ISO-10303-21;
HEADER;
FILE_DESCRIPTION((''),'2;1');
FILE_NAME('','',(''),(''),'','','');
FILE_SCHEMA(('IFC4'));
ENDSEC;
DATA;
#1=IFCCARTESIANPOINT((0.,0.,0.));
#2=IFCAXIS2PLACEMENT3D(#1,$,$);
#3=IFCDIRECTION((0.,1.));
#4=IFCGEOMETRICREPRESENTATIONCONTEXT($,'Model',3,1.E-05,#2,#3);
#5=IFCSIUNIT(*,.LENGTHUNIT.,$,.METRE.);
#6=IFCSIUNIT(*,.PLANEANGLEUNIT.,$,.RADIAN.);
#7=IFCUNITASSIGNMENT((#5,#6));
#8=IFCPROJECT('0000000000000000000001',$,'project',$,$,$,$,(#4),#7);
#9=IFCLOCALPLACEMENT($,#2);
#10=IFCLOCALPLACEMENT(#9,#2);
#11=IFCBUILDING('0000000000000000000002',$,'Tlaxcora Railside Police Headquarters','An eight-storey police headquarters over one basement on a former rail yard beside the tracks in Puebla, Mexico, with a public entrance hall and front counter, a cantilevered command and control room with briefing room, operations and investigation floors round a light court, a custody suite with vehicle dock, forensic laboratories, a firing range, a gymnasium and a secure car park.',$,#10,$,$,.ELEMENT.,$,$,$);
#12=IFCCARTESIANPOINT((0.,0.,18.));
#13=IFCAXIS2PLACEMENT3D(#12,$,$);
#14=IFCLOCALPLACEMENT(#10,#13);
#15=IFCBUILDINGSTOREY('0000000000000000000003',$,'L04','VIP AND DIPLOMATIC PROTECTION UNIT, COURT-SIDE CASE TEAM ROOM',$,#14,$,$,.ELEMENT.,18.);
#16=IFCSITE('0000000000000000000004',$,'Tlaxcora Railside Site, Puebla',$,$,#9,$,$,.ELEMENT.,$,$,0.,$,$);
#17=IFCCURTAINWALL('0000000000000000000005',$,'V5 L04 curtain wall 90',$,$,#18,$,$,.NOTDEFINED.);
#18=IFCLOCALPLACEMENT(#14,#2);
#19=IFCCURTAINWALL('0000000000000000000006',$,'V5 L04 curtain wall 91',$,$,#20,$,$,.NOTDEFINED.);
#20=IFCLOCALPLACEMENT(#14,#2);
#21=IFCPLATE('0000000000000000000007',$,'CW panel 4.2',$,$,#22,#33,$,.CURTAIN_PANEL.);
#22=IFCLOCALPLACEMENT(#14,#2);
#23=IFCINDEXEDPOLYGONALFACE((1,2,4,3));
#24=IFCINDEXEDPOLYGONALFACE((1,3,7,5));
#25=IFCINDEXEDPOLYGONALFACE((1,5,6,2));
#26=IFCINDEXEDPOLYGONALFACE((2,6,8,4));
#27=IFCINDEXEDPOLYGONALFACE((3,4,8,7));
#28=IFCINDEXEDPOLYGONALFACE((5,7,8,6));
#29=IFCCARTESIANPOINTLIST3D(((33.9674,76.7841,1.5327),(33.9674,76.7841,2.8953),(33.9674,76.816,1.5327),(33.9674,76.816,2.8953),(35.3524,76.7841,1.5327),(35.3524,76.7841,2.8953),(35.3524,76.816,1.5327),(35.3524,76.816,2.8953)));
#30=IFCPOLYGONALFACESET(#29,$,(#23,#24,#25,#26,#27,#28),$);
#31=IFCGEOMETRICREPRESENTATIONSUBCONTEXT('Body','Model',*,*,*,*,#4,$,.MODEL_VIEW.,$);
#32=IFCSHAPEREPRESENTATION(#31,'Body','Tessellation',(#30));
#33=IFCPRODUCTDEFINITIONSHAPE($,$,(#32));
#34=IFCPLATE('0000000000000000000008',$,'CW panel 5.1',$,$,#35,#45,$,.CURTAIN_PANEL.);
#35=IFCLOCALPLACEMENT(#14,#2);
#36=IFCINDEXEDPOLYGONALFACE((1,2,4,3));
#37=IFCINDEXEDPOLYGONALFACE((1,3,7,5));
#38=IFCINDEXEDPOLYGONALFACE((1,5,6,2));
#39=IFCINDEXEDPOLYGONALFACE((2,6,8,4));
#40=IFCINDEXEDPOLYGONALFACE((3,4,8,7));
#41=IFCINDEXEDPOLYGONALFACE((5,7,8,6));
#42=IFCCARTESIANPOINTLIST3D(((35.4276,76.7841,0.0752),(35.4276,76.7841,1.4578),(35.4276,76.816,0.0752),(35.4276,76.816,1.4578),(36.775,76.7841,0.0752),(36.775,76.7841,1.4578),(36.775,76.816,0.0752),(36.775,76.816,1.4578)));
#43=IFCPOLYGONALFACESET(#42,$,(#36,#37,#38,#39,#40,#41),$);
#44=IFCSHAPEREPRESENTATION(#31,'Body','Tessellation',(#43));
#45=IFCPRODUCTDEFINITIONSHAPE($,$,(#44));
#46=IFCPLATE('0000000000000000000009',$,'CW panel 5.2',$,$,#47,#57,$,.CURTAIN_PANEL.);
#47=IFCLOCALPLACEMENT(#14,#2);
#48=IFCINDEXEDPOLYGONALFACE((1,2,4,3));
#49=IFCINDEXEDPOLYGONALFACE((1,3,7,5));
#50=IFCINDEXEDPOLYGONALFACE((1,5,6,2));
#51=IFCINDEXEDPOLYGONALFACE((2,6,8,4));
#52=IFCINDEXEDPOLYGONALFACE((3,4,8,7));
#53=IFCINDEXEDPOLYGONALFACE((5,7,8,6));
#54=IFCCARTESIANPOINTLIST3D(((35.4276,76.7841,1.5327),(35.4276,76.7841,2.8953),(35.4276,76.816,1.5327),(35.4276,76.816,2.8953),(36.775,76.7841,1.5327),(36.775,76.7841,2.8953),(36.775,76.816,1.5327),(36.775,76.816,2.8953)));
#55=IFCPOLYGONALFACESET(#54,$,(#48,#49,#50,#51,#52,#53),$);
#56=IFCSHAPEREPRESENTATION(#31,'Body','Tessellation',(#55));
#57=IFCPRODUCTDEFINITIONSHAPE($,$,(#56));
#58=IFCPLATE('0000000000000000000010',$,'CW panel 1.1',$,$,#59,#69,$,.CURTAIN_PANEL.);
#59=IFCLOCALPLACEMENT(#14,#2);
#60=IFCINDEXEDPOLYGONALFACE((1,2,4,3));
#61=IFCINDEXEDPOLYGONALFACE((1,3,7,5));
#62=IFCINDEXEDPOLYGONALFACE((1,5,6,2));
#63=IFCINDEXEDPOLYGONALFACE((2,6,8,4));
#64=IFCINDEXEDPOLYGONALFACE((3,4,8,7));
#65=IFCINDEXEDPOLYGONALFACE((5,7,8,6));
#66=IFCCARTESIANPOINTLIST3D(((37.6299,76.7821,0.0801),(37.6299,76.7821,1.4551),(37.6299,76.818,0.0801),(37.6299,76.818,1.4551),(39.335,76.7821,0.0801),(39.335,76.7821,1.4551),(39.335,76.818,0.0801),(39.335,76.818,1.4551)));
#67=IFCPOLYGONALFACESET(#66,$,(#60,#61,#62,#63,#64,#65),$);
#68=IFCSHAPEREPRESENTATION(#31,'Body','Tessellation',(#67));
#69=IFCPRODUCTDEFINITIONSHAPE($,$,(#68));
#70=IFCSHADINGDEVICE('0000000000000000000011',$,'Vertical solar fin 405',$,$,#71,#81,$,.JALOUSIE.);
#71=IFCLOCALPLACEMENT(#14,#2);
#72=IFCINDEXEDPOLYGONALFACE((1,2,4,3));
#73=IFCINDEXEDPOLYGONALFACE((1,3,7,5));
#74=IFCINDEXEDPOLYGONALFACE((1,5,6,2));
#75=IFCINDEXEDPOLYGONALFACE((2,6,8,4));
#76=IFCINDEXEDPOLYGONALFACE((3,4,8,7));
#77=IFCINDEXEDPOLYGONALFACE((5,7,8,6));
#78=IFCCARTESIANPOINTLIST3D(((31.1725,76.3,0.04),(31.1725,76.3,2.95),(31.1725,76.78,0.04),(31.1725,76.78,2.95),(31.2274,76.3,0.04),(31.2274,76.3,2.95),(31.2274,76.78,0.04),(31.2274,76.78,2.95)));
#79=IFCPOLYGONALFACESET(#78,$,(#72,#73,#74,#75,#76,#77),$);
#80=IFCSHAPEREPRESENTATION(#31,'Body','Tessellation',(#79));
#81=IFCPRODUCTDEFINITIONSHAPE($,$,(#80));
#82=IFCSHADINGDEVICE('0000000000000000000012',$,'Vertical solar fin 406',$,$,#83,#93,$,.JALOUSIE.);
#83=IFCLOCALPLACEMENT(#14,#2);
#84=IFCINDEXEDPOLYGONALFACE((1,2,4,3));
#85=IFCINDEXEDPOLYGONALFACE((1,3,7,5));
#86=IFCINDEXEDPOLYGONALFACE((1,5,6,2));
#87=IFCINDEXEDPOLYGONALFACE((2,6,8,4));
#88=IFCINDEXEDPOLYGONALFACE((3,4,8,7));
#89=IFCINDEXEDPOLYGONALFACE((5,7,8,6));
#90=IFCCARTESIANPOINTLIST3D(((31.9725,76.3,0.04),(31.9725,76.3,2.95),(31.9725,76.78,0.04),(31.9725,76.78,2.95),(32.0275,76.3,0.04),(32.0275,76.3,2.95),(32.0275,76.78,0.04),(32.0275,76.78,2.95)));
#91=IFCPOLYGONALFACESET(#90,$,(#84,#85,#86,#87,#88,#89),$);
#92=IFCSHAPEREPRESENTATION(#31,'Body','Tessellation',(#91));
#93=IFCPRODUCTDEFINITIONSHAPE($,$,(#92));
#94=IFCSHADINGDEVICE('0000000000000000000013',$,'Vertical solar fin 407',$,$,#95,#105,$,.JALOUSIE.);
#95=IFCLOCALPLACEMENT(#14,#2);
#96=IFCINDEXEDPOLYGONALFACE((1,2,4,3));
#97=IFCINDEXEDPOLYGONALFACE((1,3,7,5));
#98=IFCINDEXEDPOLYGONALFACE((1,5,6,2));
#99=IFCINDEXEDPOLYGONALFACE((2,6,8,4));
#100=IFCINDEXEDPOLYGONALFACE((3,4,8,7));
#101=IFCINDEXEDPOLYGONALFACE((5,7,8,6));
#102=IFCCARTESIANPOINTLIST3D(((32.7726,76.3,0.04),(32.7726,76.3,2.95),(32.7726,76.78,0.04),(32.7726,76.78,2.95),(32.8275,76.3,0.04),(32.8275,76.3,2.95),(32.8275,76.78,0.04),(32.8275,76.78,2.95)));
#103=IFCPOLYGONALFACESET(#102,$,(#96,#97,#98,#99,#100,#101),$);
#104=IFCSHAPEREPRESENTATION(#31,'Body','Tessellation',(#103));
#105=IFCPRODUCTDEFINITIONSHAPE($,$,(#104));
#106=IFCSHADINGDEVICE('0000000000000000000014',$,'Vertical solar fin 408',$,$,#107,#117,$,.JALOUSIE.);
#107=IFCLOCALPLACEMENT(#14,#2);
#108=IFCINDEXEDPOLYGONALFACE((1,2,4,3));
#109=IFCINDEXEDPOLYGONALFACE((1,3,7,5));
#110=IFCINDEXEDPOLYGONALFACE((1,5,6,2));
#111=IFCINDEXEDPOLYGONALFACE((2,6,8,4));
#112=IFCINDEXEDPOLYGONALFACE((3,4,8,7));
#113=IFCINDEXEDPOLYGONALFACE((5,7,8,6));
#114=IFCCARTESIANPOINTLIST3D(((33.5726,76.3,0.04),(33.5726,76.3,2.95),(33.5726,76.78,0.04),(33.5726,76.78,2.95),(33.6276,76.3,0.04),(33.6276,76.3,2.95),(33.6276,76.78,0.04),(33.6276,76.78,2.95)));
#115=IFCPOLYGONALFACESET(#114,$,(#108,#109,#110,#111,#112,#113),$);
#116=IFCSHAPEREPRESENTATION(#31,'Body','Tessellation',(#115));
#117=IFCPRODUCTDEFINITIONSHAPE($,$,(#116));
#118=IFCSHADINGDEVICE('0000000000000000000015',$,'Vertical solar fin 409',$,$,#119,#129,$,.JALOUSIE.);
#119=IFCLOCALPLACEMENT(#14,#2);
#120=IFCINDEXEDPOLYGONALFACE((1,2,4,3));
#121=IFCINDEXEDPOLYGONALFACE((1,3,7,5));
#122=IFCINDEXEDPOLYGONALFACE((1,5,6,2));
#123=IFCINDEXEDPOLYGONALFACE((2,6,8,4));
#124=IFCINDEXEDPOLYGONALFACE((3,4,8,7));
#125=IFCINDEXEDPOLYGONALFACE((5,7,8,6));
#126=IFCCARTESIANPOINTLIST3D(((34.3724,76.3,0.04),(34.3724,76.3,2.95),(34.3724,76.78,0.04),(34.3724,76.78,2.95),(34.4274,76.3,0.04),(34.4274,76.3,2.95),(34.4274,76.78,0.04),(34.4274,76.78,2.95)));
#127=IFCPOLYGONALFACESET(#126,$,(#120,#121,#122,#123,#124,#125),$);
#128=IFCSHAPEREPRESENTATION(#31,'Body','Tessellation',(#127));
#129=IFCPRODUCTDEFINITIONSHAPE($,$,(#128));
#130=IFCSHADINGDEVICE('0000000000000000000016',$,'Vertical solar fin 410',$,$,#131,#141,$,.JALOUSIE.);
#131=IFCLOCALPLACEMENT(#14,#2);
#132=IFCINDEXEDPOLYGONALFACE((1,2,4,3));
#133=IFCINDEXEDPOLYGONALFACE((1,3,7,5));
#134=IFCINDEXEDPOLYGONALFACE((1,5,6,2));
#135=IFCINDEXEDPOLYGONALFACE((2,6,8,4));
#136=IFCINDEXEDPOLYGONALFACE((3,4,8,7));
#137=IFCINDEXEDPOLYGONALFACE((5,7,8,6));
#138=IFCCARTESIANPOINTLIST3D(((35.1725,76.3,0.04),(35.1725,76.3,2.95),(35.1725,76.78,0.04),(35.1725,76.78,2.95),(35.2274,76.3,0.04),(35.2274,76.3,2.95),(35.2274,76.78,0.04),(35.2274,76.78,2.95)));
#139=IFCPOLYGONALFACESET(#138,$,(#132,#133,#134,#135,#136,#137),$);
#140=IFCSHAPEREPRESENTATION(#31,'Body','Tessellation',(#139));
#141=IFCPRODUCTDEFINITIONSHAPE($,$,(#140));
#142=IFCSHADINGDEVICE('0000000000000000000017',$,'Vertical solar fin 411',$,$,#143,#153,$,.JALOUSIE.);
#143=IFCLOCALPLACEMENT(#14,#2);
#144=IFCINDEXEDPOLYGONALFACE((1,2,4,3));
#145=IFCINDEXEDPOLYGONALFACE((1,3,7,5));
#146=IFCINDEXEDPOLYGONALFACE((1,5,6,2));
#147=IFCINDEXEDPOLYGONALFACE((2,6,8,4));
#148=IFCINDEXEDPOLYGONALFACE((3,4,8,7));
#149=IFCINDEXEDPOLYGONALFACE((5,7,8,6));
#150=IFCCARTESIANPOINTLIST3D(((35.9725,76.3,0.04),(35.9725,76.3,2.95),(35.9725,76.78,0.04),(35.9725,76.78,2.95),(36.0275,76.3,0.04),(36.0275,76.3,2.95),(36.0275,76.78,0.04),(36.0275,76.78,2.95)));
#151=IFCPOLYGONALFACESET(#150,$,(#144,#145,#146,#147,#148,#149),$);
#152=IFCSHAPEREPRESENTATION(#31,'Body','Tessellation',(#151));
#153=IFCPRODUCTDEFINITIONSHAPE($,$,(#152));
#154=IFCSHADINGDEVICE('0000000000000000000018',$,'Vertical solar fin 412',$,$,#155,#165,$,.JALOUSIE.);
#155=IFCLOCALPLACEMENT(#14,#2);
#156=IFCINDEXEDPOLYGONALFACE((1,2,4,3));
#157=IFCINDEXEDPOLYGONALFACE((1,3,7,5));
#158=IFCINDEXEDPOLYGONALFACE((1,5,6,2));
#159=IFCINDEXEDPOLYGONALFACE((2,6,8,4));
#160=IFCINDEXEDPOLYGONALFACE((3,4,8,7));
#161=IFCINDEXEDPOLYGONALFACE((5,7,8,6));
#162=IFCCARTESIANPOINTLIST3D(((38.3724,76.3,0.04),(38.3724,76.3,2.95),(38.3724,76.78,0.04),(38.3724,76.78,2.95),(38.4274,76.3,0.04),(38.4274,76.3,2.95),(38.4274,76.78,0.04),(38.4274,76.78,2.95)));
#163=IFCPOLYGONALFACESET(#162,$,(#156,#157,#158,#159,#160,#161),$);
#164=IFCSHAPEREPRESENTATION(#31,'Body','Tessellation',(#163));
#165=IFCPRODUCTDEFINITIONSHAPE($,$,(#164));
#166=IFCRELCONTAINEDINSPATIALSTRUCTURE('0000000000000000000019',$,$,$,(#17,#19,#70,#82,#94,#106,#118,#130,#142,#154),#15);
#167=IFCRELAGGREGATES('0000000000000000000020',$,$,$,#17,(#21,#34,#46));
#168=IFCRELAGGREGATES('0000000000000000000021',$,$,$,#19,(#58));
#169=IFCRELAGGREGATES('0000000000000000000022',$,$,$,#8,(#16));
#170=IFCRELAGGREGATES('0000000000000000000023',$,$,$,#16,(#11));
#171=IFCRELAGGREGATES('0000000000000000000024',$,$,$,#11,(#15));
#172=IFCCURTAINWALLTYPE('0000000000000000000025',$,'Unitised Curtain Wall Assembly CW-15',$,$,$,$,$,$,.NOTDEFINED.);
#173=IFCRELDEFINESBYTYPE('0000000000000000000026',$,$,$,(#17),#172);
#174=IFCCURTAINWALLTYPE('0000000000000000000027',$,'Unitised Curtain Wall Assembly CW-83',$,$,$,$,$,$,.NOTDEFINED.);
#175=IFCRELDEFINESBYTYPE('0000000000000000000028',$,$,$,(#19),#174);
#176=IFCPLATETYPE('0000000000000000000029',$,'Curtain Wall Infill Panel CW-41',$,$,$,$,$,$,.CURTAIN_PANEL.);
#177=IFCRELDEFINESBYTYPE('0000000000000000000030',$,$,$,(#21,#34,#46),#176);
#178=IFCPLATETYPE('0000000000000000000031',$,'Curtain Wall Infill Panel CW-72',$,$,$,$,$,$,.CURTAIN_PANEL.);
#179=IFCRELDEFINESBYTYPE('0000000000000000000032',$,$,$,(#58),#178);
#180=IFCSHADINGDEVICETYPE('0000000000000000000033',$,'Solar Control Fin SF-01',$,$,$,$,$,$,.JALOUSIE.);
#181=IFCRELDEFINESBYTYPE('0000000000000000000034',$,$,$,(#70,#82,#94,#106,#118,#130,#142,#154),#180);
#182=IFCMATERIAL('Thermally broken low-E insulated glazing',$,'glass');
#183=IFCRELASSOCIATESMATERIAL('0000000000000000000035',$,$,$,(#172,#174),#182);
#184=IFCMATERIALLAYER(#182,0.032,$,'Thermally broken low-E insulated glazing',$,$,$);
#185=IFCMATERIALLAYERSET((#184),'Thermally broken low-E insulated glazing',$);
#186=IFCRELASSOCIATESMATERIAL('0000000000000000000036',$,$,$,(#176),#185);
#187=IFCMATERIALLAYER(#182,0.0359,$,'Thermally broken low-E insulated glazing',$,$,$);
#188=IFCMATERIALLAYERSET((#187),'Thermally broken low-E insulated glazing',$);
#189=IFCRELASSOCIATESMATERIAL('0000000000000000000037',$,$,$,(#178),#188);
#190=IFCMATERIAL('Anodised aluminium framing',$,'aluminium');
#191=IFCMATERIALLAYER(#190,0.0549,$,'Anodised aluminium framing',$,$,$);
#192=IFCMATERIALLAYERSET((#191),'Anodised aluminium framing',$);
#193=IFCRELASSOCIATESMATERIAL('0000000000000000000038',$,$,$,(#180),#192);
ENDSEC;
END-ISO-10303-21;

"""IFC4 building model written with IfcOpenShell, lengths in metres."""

from ifc_helpers import new_model, si_unit, direction, frame, origin, origin_2d, place, context, subcontext, project, spatial, rectangle, extrude, material, layer, layer_set, type_object, element, aggregate, save


model = new_model("IFC4")

# Units and contexts
model_context = context("Model", 3, precision=1e-05, world=origin(), true_north=direction((0.0, 1.0)))
body_context = subcontext(model_context, "Body", "Model", "MODEL_VIEW")
ifc_project = project(units=[si_unit("LENGTHUNIT", "METRE"), si_unit("PLANEANGLEUNIT", "RADIAN")], contexts=[model_context])

# Site, building, storey
site_placement = place(None, origin())
site = spatial("IfcSite", under=ifc_project, at=site_placement, Name="Tlaxcora Railside Site, Puebla", CompositionType="ELEMENT", RefElevation=0.0)
building_placement = place(site_placement, origin())
building = spatial("IfcBuilding", under=site, at=building_placement, Name="Tlaxcora Railside Police Headquarters", Description="An eight-storey police headquarters over one basement on a former rail yard beside the tracks in Puebla, Mexico, with a public entrance hall and front counter, a cantilevered command and control room with briefing room, operations and investigation floors round a light court, a custody suite with vehicle dock, forensic laboratories, a firing range, a gymnasium and a secure car park.", CompositionType="ELEMENT")
storey_placement = place(building_placement, frame((0.0, 0.0, 18.0)))
storey = spatial("IfcBuildingStorey", under=building, at=storey_placement, Name="L04", Description="VIP AND DIPLOMATIC PROTECTION UNIT, COURT-SIDE CASE TEAM ROOM", CompositionType="ELEMENT", Elevation=18.0)

# Curtain wall
ifc_material_1 = material(Name="Thermally broken low-E insulated glazing", Category="glass")
curtain_wall_type_1 = type_object("IfcCurtainWallType", Name="Unitised Curtain Wall Assembly CW-15", PredefinedType="NOTDEFINED", material=ifc_material_1)
curtain_wall_1_placement = place(storey_placement, origin())
curtain_wall_1 = element("IfcCurtainWall", 1, at=curtain_wall_1_placement, inside=storey, type_object=curtain_wall_type_1, Name="V5 L04 curtain wall 90", PredefinedType="NOTDEFINED")
ifc_material_2 = material(Name="Anodised aluminium framing", Category="aluminium")

# Curtain wall
curtain_wall_type_2 = type_object("IfcCurtainWallType", Name="Unitised Curtain Wall Assembly CW-83", PredefinedType="NOTDEFINED", material=ifc_material_1)
curtain_wall_2_placement = place(storey_placement, origin())
curtain_wall_2 = element("IfcCurtainWall", 2, at=curtain_wall_2_placement, inside=storey, type_object=curtain_wall_type_2, Name="V5 L04 curtain wall 91", PredefinedType="NOTDEFINED")

# Plates
ifc_layer_1 = layer(ifc_material_1, 0.032, Name="Thermally broken low-E insulated glazing")
ifc_layer_set_1 = layer_set([ifc_layer_1], Name="Thermally broken low-E insulated glazing")
plate_type_1 = type_object("IfcPlateType", Name="Curtain Wall Infill Panel CW-41", PredefinedType="CURTAIN_PANEL", material=ifc_layer_set_1)
plate_1_placement = place(storey_placement, frame((34.6599, 76.8, 1.5327), z_axis=(0.0, 0.0, 1.0), x_axis=(1.0, 0.0, 0.0)))
plate_1 = element("IfcPlate", 3, at=plate_1_placement, type_object=plate_type_1, Name="CW panel 4.2", PredefinedType="CURTAIN_PANEL", context=body_context, shape_type="SweptSolid", body=[
    extrude(rectangle(XDim=1.385, YDim=0.032, at=origin_2d()), origin(), (0.0, 0.0, 1.0), 1.3625),
])
plate_2_placement = place(storey_placement, frame((36.1013, 76.8, 0.0752), z_axis=(0.0, 0.0, 1.0), x_axis=(1.0, 0.0, 0.0)))
plate_2 = element("IfcPlate", 4, at=plate_2_placement, type_object=plate_type_1, Name="CW panel 5.1", PredefinedType="CURTAIN_PANEL", context=body_context, shape_type="SweptSolid", body=[
    extrude(rectangle(XDim=1.3474, YDim=0.032, at=origin_2d()), origin(), (0.0, 0.0, 1.0), 1.3826),
])
plate_3_placement = place(storey_placement, frame((36.1013, 76.8, 1.5327), z_axis=(0.0, 0.0, 1.0), x_axis=(1.0, 0.0, 0.0)))
plate_3 = element("IfcPlate", 5, at=plate_3_placement, type_object=plate_type_1, Name="CW panel 5.2", PredefinedType="CURTAIN_PANEL", context=body_context, shape_type="SweptSolid", body=[
    extrude(rectangle(XDim=1.3474, YDim=0.032, at=origin_2d()), origin(), (0.0, 0.0, 1.0), 1.3625),
])
aggregate(curtain_wall_1, [plate_1, plate_2, plate_3])
ifc_layer_2 = layer(ifc_material_1, 0.0359, Name="Thermally broken low-E insulated glazing")
ifc_layer_set_2 = layer_set([ifc_layer_2], Name="Thermally broken low-E insulated glazing")
plate_type_2 = type_object("IfcPlateType", Name="Curtain Wall Infill Panel CW-72", PredefinedType="CURTAIN_PANEL", material=ifc_layer_set_2)
plate_4_placement = place(storey_placement, frame((38.4824, 76.8, 0.0801), z_axis=(0.0, 0.0, 1.0), x_axis=(1.0, 0.0, 0.0)))
plate_4 = element("IfcPlate", 6, at=plate_4_placement, type_object=plate_type_2, Name="CW panel 1.1", PredefinedType="CURTAIN_PANEL", context=body_context, shape_type="SweptSolid", body=[
    extrude(rectangle(XDim=1.7051, YDim=0.0359, at=origin_2d()), origin(), (0.0, 0.0, 1.0), 1.375),
])
aggregate(curtain_wall_2, [plate_4])

# Shading devices
ifc_layer_3 = layer(ifc_material_2, 0.0549, Name="Anodised aluminium framing")
ifc_layer_set_3 = layer_set([ifc_layer_3], Name="Anodised aluminium framing")
shading_device_type = type_object("IfcShadingDeviceType", Name="Solar Control Fin SF-01", PredefinedType="JALOUSIE", material=ifc_layer_set_3)
for number, where, z_axis, x_axis, name in (
    (7, (31.2, 76.54, 0.04), (0.0, 0.0, 1.0), (0.0, -1.0, 0.0), "Vertical solar fin 405"),
    (8, (32.0, 76.54, 0.04), (0.0, 0.0, 1.0), (0.0, -1.0, 0.0), "Vertical solar fin 406"),
    (9, (32.8, 76.54, 0.04), (0.0, 0.0, 1.0), (0.0, -1.0, 0.0), "Vertical solar fin 407"),
    (10, (33.6001, 76.54, 0.04), (0.0, 0.0, 1.0), (0.0, -1.0, 0.0), "Vertical solar fin 408"),
    (11, (34.3999, 76.54, 0.04), (0.0, 0.0, 1.0), (0.0, -1.0, 0.0), "Vertical solar fin 409"),
    (12, (35.2, 76.54, 0.04), (0.0, 0.0, 1.0), (0.0, -1.0, 0.0), "Vertical solar fin 410"),
    (13, (36.0, 76.54, 0.04), (0.0, 0.0, 1.0), (0.0, -1.0, 0.0), "Vertical solar fin 411"),
    (14, (38.3999, 76.54, 0.04), (0.0, 0.0, 1.0), (0.0, -1.0, 0.0), "Vertical solar fin 412"),
):
    element("IfcShadingDevice", number, at=place(storey_placement, frame(where, z_axis=z_axis, x_axis=x_axis)), inside=storey, type_object=shading_device_type, Name=name, PredefinedType="JALOUSIE", context=body_context, shape_type="SweptSolid", body=[
        extrude(rectangle(XDim=0.48, YDim=0.0549, at=origin_2d()), origin(), (0.0, 0.0, 1.0), 2.9099),
    ])

save(model, "model.ifc")
